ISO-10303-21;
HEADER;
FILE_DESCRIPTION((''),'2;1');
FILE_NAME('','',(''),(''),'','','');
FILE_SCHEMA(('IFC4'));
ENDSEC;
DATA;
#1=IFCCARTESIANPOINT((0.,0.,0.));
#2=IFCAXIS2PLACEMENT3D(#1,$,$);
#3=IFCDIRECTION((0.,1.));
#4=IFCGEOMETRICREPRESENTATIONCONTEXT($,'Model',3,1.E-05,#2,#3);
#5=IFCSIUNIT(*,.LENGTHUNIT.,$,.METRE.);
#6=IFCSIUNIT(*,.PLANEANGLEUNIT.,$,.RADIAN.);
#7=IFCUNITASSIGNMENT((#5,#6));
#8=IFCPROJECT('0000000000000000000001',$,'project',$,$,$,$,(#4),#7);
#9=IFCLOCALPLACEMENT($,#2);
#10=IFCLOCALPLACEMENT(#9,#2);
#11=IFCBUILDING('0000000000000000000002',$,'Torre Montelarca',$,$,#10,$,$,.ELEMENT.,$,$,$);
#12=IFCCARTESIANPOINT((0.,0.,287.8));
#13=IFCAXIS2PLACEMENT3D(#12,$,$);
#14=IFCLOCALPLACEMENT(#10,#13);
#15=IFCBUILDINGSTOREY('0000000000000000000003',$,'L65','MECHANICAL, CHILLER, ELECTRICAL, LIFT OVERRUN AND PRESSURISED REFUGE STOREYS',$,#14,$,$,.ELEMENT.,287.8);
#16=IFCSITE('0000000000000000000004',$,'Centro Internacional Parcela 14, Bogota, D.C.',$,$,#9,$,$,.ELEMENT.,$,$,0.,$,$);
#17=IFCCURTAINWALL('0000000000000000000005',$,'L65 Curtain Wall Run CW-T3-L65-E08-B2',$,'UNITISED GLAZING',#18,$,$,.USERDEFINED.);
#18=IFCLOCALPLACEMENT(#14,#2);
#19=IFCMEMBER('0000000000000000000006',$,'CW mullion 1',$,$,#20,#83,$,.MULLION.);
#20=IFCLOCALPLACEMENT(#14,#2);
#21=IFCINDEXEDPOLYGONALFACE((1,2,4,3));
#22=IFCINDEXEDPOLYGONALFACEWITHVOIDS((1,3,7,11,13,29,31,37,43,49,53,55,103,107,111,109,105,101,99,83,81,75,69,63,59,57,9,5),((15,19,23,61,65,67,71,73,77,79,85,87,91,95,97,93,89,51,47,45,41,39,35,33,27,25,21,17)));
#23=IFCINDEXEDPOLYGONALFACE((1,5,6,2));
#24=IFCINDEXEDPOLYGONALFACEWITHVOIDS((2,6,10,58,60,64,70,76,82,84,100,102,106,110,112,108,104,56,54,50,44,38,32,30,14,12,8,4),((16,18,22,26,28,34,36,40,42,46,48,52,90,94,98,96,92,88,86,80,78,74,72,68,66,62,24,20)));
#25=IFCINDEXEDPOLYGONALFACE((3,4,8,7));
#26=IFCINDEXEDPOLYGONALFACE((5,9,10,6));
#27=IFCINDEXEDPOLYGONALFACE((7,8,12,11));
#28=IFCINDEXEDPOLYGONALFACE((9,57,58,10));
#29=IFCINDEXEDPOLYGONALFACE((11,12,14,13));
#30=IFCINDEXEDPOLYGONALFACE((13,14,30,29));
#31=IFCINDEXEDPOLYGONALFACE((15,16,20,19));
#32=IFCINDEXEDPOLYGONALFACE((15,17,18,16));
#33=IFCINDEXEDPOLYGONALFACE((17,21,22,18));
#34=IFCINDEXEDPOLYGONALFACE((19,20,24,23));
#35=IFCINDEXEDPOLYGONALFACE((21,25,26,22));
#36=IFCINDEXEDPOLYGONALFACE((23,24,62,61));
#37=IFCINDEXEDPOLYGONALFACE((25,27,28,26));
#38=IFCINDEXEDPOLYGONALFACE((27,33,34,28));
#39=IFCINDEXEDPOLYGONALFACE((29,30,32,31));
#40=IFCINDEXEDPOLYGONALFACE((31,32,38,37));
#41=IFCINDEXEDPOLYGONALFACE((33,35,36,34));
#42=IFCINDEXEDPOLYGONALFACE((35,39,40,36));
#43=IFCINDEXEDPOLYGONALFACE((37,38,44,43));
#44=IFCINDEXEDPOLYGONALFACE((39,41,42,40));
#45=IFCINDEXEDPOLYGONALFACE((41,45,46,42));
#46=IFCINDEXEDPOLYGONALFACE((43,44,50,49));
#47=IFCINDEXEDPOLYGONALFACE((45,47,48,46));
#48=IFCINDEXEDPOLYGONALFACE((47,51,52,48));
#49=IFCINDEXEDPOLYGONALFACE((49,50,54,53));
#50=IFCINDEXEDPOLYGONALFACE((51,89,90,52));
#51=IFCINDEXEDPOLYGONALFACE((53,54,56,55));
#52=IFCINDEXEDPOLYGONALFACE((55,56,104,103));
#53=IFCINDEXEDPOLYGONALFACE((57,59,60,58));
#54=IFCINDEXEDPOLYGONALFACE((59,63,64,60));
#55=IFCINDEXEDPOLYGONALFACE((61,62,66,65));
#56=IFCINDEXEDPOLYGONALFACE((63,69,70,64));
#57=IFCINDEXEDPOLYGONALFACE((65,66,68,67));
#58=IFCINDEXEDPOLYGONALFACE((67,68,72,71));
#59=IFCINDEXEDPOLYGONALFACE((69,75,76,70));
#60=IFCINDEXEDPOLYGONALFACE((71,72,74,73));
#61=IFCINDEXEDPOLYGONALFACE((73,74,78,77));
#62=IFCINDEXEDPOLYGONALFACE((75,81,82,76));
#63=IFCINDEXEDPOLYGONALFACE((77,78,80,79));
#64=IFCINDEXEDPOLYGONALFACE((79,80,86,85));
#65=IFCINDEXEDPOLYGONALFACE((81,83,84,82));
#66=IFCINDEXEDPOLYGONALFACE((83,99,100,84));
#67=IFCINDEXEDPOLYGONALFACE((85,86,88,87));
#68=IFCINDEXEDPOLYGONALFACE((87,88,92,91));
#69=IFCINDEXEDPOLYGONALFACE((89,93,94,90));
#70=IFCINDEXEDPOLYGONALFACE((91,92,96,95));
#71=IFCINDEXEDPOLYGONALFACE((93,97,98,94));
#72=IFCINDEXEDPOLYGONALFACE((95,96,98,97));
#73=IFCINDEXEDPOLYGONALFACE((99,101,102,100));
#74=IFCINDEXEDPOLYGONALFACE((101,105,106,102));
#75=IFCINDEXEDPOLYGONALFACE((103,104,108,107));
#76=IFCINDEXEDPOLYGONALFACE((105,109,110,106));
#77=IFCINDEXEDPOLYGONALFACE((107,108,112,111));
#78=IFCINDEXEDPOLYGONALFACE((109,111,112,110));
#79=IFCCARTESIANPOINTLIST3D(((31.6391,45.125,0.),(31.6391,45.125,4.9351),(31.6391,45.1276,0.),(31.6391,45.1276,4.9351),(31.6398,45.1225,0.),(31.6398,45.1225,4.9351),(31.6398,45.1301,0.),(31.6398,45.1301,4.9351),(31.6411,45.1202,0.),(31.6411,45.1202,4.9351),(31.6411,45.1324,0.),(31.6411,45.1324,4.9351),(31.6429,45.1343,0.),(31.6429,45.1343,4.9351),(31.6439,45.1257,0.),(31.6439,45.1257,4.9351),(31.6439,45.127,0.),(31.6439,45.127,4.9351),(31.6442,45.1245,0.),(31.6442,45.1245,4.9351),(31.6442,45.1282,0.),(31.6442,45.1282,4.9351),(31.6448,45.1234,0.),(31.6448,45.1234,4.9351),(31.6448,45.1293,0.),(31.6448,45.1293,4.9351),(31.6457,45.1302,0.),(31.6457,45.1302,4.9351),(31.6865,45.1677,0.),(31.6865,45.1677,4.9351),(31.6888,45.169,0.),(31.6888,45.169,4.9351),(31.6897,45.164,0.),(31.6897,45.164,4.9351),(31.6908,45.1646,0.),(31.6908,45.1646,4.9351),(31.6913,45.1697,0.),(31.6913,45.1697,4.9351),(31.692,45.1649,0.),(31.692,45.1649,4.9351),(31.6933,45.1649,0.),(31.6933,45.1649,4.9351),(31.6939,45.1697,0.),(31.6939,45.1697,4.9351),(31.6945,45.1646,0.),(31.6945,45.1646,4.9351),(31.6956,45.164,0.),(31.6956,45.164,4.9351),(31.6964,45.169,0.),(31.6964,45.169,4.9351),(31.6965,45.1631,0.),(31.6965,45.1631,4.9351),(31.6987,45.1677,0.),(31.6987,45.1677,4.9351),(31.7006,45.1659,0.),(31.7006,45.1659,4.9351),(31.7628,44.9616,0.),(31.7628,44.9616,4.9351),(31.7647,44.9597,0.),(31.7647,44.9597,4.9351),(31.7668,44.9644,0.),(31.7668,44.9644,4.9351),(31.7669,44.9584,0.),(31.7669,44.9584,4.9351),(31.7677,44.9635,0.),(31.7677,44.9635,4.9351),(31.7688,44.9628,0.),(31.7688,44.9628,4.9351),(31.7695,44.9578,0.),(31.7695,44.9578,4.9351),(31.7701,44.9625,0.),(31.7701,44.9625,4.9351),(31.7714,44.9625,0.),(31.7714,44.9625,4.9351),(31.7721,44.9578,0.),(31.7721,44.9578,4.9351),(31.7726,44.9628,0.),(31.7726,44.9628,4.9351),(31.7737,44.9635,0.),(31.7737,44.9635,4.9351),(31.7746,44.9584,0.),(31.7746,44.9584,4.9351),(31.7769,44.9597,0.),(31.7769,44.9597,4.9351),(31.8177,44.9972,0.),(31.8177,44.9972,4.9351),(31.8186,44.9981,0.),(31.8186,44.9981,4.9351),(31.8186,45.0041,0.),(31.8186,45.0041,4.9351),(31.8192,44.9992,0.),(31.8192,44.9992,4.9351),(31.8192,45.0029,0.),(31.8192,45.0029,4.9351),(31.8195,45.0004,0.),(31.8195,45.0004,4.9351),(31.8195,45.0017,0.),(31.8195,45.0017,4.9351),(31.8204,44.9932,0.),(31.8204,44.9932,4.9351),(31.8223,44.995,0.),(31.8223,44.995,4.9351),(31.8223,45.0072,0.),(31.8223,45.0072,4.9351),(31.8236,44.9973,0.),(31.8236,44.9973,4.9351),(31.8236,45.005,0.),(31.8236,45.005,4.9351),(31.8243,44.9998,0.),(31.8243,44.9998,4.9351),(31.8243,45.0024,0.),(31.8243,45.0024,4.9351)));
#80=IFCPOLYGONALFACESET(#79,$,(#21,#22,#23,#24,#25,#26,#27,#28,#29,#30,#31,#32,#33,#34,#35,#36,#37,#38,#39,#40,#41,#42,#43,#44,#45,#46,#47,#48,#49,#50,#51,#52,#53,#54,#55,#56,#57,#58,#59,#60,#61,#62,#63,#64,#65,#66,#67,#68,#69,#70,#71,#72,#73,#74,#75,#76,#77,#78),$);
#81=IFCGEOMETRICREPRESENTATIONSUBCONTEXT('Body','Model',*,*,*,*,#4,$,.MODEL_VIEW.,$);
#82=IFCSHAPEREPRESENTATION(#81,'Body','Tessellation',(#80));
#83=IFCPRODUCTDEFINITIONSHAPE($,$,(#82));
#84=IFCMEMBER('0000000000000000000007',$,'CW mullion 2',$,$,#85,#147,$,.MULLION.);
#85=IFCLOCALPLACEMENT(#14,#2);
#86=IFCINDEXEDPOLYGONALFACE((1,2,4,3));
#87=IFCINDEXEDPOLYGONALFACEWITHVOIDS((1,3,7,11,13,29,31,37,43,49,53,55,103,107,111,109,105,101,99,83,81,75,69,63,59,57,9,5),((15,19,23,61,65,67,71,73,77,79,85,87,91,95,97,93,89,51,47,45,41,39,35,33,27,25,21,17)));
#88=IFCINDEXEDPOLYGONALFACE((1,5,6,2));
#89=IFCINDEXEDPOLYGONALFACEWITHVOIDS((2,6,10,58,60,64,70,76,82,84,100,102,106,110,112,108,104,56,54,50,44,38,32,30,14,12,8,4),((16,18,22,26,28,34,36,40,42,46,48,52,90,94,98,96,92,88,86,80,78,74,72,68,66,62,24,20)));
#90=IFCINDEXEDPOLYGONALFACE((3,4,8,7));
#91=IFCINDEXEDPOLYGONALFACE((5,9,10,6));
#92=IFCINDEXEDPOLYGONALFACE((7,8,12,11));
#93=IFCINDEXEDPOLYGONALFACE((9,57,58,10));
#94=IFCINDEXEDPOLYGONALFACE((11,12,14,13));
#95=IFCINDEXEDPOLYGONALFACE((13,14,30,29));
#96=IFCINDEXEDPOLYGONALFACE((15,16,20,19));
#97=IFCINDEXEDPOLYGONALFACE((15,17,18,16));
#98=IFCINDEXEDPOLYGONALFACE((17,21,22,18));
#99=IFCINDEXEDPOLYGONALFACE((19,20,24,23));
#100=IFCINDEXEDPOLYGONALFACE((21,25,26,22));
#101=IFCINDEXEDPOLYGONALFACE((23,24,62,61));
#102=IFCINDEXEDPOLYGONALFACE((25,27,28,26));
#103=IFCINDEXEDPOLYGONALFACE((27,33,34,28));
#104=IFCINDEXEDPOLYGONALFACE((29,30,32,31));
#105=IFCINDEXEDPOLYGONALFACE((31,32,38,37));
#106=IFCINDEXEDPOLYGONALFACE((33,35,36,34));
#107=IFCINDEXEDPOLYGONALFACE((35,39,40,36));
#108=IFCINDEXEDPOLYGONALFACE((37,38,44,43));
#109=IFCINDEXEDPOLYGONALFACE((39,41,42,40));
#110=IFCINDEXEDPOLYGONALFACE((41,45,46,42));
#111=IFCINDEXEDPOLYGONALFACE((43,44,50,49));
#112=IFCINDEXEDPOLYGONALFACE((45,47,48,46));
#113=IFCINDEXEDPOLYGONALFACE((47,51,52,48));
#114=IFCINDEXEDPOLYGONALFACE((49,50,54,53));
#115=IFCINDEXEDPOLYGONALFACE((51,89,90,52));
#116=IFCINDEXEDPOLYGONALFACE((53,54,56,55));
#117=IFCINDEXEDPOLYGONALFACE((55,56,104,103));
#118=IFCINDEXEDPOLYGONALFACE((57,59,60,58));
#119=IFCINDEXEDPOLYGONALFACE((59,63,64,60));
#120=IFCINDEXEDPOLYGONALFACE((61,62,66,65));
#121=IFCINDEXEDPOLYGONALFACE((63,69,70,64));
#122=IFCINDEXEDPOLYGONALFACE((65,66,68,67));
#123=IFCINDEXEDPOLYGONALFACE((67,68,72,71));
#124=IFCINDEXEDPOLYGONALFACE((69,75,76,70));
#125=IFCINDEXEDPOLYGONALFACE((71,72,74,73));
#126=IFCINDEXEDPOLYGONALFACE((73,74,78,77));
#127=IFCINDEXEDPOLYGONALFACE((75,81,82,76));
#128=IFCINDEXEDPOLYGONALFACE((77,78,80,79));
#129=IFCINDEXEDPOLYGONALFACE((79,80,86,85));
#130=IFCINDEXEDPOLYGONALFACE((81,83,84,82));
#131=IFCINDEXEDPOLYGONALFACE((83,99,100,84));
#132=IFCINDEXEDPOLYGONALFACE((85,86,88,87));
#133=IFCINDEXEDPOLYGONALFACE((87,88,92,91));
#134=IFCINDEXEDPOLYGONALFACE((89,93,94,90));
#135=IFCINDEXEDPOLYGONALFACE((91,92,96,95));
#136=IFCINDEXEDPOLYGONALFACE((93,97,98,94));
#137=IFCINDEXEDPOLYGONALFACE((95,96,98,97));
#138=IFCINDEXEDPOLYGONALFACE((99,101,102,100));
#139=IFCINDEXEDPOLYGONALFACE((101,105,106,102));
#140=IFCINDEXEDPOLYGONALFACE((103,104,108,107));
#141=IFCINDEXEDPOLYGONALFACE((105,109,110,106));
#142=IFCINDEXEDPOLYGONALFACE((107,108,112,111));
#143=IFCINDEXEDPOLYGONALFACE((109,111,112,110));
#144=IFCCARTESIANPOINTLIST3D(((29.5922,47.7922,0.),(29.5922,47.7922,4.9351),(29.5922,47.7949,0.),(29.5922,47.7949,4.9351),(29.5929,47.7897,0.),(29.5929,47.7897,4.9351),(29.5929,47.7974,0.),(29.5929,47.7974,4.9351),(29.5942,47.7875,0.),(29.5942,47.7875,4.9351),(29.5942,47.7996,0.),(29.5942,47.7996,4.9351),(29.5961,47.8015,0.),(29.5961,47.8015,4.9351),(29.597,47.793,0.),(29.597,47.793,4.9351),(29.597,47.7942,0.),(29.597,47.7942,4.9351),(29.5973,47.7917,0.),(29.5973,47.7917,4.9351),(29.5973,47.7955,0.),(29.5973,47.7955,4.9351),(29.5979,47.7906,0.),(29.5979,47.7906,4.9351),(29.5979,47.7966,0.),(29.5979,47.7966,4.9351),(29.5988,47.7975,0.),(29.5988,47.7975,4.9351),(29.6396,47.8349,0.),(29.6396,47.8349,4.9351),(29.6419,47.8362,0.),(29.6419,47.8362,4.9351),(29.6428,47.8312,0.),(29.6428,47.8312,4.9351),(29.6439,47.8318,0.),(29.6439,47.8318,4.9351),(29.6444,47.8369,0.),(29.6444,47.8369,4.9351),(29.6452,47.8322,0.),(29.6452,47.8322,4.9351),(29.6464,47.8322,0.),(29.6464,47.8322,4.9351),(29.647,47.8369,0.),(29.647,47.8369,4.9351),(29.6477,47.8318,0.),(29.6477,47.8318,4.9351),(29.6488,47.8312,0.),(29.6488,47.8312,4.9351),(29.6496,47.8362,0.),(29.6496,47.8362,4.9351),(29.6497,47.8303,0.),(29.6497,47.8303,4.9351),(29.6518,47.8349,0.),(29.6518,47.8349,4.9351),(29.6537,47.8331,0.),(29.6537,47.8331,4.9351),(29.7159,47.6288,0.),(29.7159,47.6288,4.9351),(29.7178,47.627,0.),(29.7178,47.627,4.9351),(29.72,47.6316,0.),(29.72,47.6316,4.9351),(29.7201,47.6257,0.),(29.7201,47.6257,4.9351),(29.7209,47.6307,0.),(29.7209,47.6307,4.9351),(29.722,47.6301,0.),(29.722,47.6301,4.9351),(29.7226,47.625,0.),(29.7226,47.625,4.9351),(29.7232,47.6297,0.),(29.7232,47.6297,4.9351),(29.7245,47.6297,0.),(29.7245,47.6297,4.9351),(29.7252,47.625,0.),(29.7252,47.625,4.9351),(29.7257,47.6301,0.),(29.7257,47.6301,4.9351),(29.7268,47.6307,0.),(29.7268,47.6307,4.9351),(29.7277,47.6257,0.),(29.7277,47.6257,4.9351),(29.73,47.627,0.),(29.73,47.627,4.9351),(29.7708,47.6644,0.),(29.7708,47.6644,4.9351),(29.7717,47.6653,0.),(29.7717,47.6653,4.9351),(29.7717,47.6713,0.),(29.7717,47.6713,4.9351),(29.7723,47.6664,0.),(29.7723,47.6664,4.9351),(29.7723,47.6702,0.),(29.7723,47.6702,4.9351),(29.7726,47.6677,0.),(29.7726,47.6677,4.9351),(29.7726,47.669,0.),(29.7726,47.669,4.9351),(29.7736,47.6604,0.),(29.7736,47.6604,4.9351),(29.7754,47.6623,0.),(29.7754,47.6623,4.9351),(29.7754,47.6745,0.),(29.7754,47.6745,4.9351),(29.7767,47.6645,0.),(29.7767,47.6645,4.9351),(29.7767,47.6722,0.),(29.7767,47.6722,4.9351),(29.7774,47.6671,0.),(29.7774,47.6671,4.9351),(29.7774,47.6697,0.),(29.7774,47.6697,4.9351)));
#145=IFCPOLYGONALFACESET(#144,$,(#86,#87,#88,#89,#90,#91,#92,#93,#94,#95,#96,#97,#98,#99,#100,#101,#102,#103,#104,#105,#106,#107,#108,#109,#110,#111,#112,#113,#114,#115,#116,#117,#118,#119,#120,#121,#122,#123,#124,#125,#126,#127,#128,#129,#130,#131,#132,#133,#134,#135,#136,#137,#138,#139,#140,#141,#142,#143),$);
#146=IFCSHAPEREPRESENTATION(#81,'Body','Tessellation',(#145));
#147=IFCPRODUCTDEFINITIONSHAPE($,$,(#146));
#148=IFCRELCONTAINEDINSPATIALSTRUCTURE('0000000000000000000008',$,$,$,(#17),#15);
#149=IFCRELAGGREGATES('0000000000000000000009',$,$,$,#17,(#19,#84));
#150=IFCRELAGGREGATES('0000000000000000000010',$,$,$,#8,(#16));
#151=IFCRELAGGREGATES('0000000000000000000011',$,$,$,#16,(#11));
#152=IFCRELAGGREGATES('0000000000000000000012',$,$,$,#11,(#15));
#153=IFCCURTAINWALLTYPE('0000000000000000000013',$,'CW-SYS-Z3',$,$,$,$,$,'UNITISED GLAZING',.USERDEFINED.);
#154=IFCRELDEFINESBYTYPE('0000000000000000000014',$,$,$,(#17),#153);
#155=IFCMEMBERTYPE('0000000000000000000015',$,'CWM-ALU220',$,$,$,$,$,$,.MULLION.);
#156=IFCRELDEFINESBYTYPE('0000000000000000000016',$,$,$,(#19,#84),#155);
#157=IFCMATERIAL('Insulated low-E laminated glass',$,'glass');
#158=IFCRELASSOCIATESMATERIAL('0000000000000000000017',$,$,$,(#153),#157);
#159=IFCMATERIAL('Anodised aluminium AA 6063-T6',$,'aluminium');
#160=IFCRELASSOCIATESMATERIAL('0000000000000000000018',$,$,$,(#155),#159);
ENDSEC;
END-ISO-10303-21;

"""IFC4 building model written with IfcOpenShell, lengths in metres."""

from ifc_helpers import new_model, si_unit, direction, frame, origin, origin_2d, place, context, subcontext, project, spatial, hollow_rectangle, extrude, source, transform, mapped, material, material_profile, profile_set, type_object, element, aggregate, save


model = new_model("IFC4")

# Units and contexts
model_context = context("Model", 3, precision=1e-05, world=origin(), true_north=direction((0.0, 1.0)))
body_context = subcontext(model_context, "Body", "Model", "MODEL_VIEW")
ifc_project = project(units=[si_unit("LENGTHUNIT", "METRE"), si_unit("PLANEANGLEUNIT", "RADIAN")], contexts=[model_context])

# Site, building, storey
site_placement = place(None, origin())
site = spatial("IfcSite", under=ifc_project, at=site_placement, Name="Centro Internacional Parcela 14, Bogota, D.C.", CompositionType="ELEMENT", RefElevation=0.0)
building_placement = place(site_placement, origin())
building = spatial("IfcBuilding", under=site, at=building_placement, Name="Torre Montelarca", CompositionType="ELEMENT")
storey_placement = place(building_placement, frame((0.0, 0.0, 287.8)))
storey = spatial("IfcBuildingStorey", under=building, at=storey_placement, Name="L65", Description="MECHANICAL, CHILLER, ELECTRICAL, LIFT OVERRUN AND PRESSURISED REFUGE STOREYS", CompositionType="ELEMENT", Elevation=287.8)

# Curtain wall
ifc_material_1 = material(Name="Insulated low-E laminated glass", Category="glass")
curtain_wall_type = type_object("IfcCurtainWallType", Name="CW-SYS-Z3", ElementType="UNITISED GLAZING", PredefinedType="USERDEFINED", material=ifc_material_1)
curtain_wall_1_placement = place(storey_placement, origin())
curtain_wall_1 = element("IfcCurtainWall", 1, at=curtain_wall_1_placement, inside=storey, type_object=curtain_wall_type, Name="L65 Curtain Wall Run CW-T3-L65-E08-B2", ObjectType="UNITISED GLAZING", PredefinedType="USERDEFINED")
ifc_material_2 = material(Name="Anodised aluminium AA 6063-T6", Category="aluminium")
ifc_material_profile_1 = material_profile(ifc_material_2, hollow_rectangle(XDim=0.075, YDim=0.22, WallThickness=0.0049, InnerFilletRadius=0.0049, OuterFilletRadius=0.01, at=origin_2d()), Name="ALU75X220X5", Category="aluminium")
ifc_profile_set_1 = profile_set([ifc_material_profile_1], Name="Anodised aluminium AA 6063-T6")
member_type_1 = type_object("IfcMemberType", Name="CWM-ALU220", PredefinedType="MULLION", material=ifc_profile_set_1)
shared_shape_1 = source(origin(), body_context, "Body", "SweptSolid", [
    extrude(hollow_rectangle(XDim=0.075, YDim=0.22, WallThickness=0.0049, InnerFilletRadius=0.0049, OuterFilletRadius=0.01, at=origin_2d()), origin(), (0.0, 0.0, 1.0), 4.9351),
])

# Members
member_1_placement = place(storey_placement, frame((31.7317, 45.0637, 0.0), z_axis=(0.0, 0.0, 1.0), x_axis=(-0.793353, -0.608762, 0.0)))
member_1 = element("IfcMember", 2, at=member_1_placement, type_object=member_type_1, Name="CW mullion 1", PredefinedType="MULLION", context=body_context, shape_type="MappedRepresentation", body=[
    mapped(shared_shape_1, transform((0.0, 0.0, 0.0), scale=1.0)),
])
member_2_placement = place(storey_placement, frame((29.6848, 47.731, 0.0), z_axis=(0.0, 0.0, 1.0), x_axis=(-0.793353, -0.608762, 0.0)))
member_2 = element("IfcMember", 3, at=member_2_placement, type_object=member_type_1, Name="CW mullion 2", PredefinedType="MULLION", context=body_context, shape_type="MappedRepresentation", body=[
    mapped(shared_shape_1, transform((0.0, 0.0, 0.0), scale=1.0)),
])

aggregate(curtain_wall_1, [member_1, member_2])

save(model, "model.ifc")
